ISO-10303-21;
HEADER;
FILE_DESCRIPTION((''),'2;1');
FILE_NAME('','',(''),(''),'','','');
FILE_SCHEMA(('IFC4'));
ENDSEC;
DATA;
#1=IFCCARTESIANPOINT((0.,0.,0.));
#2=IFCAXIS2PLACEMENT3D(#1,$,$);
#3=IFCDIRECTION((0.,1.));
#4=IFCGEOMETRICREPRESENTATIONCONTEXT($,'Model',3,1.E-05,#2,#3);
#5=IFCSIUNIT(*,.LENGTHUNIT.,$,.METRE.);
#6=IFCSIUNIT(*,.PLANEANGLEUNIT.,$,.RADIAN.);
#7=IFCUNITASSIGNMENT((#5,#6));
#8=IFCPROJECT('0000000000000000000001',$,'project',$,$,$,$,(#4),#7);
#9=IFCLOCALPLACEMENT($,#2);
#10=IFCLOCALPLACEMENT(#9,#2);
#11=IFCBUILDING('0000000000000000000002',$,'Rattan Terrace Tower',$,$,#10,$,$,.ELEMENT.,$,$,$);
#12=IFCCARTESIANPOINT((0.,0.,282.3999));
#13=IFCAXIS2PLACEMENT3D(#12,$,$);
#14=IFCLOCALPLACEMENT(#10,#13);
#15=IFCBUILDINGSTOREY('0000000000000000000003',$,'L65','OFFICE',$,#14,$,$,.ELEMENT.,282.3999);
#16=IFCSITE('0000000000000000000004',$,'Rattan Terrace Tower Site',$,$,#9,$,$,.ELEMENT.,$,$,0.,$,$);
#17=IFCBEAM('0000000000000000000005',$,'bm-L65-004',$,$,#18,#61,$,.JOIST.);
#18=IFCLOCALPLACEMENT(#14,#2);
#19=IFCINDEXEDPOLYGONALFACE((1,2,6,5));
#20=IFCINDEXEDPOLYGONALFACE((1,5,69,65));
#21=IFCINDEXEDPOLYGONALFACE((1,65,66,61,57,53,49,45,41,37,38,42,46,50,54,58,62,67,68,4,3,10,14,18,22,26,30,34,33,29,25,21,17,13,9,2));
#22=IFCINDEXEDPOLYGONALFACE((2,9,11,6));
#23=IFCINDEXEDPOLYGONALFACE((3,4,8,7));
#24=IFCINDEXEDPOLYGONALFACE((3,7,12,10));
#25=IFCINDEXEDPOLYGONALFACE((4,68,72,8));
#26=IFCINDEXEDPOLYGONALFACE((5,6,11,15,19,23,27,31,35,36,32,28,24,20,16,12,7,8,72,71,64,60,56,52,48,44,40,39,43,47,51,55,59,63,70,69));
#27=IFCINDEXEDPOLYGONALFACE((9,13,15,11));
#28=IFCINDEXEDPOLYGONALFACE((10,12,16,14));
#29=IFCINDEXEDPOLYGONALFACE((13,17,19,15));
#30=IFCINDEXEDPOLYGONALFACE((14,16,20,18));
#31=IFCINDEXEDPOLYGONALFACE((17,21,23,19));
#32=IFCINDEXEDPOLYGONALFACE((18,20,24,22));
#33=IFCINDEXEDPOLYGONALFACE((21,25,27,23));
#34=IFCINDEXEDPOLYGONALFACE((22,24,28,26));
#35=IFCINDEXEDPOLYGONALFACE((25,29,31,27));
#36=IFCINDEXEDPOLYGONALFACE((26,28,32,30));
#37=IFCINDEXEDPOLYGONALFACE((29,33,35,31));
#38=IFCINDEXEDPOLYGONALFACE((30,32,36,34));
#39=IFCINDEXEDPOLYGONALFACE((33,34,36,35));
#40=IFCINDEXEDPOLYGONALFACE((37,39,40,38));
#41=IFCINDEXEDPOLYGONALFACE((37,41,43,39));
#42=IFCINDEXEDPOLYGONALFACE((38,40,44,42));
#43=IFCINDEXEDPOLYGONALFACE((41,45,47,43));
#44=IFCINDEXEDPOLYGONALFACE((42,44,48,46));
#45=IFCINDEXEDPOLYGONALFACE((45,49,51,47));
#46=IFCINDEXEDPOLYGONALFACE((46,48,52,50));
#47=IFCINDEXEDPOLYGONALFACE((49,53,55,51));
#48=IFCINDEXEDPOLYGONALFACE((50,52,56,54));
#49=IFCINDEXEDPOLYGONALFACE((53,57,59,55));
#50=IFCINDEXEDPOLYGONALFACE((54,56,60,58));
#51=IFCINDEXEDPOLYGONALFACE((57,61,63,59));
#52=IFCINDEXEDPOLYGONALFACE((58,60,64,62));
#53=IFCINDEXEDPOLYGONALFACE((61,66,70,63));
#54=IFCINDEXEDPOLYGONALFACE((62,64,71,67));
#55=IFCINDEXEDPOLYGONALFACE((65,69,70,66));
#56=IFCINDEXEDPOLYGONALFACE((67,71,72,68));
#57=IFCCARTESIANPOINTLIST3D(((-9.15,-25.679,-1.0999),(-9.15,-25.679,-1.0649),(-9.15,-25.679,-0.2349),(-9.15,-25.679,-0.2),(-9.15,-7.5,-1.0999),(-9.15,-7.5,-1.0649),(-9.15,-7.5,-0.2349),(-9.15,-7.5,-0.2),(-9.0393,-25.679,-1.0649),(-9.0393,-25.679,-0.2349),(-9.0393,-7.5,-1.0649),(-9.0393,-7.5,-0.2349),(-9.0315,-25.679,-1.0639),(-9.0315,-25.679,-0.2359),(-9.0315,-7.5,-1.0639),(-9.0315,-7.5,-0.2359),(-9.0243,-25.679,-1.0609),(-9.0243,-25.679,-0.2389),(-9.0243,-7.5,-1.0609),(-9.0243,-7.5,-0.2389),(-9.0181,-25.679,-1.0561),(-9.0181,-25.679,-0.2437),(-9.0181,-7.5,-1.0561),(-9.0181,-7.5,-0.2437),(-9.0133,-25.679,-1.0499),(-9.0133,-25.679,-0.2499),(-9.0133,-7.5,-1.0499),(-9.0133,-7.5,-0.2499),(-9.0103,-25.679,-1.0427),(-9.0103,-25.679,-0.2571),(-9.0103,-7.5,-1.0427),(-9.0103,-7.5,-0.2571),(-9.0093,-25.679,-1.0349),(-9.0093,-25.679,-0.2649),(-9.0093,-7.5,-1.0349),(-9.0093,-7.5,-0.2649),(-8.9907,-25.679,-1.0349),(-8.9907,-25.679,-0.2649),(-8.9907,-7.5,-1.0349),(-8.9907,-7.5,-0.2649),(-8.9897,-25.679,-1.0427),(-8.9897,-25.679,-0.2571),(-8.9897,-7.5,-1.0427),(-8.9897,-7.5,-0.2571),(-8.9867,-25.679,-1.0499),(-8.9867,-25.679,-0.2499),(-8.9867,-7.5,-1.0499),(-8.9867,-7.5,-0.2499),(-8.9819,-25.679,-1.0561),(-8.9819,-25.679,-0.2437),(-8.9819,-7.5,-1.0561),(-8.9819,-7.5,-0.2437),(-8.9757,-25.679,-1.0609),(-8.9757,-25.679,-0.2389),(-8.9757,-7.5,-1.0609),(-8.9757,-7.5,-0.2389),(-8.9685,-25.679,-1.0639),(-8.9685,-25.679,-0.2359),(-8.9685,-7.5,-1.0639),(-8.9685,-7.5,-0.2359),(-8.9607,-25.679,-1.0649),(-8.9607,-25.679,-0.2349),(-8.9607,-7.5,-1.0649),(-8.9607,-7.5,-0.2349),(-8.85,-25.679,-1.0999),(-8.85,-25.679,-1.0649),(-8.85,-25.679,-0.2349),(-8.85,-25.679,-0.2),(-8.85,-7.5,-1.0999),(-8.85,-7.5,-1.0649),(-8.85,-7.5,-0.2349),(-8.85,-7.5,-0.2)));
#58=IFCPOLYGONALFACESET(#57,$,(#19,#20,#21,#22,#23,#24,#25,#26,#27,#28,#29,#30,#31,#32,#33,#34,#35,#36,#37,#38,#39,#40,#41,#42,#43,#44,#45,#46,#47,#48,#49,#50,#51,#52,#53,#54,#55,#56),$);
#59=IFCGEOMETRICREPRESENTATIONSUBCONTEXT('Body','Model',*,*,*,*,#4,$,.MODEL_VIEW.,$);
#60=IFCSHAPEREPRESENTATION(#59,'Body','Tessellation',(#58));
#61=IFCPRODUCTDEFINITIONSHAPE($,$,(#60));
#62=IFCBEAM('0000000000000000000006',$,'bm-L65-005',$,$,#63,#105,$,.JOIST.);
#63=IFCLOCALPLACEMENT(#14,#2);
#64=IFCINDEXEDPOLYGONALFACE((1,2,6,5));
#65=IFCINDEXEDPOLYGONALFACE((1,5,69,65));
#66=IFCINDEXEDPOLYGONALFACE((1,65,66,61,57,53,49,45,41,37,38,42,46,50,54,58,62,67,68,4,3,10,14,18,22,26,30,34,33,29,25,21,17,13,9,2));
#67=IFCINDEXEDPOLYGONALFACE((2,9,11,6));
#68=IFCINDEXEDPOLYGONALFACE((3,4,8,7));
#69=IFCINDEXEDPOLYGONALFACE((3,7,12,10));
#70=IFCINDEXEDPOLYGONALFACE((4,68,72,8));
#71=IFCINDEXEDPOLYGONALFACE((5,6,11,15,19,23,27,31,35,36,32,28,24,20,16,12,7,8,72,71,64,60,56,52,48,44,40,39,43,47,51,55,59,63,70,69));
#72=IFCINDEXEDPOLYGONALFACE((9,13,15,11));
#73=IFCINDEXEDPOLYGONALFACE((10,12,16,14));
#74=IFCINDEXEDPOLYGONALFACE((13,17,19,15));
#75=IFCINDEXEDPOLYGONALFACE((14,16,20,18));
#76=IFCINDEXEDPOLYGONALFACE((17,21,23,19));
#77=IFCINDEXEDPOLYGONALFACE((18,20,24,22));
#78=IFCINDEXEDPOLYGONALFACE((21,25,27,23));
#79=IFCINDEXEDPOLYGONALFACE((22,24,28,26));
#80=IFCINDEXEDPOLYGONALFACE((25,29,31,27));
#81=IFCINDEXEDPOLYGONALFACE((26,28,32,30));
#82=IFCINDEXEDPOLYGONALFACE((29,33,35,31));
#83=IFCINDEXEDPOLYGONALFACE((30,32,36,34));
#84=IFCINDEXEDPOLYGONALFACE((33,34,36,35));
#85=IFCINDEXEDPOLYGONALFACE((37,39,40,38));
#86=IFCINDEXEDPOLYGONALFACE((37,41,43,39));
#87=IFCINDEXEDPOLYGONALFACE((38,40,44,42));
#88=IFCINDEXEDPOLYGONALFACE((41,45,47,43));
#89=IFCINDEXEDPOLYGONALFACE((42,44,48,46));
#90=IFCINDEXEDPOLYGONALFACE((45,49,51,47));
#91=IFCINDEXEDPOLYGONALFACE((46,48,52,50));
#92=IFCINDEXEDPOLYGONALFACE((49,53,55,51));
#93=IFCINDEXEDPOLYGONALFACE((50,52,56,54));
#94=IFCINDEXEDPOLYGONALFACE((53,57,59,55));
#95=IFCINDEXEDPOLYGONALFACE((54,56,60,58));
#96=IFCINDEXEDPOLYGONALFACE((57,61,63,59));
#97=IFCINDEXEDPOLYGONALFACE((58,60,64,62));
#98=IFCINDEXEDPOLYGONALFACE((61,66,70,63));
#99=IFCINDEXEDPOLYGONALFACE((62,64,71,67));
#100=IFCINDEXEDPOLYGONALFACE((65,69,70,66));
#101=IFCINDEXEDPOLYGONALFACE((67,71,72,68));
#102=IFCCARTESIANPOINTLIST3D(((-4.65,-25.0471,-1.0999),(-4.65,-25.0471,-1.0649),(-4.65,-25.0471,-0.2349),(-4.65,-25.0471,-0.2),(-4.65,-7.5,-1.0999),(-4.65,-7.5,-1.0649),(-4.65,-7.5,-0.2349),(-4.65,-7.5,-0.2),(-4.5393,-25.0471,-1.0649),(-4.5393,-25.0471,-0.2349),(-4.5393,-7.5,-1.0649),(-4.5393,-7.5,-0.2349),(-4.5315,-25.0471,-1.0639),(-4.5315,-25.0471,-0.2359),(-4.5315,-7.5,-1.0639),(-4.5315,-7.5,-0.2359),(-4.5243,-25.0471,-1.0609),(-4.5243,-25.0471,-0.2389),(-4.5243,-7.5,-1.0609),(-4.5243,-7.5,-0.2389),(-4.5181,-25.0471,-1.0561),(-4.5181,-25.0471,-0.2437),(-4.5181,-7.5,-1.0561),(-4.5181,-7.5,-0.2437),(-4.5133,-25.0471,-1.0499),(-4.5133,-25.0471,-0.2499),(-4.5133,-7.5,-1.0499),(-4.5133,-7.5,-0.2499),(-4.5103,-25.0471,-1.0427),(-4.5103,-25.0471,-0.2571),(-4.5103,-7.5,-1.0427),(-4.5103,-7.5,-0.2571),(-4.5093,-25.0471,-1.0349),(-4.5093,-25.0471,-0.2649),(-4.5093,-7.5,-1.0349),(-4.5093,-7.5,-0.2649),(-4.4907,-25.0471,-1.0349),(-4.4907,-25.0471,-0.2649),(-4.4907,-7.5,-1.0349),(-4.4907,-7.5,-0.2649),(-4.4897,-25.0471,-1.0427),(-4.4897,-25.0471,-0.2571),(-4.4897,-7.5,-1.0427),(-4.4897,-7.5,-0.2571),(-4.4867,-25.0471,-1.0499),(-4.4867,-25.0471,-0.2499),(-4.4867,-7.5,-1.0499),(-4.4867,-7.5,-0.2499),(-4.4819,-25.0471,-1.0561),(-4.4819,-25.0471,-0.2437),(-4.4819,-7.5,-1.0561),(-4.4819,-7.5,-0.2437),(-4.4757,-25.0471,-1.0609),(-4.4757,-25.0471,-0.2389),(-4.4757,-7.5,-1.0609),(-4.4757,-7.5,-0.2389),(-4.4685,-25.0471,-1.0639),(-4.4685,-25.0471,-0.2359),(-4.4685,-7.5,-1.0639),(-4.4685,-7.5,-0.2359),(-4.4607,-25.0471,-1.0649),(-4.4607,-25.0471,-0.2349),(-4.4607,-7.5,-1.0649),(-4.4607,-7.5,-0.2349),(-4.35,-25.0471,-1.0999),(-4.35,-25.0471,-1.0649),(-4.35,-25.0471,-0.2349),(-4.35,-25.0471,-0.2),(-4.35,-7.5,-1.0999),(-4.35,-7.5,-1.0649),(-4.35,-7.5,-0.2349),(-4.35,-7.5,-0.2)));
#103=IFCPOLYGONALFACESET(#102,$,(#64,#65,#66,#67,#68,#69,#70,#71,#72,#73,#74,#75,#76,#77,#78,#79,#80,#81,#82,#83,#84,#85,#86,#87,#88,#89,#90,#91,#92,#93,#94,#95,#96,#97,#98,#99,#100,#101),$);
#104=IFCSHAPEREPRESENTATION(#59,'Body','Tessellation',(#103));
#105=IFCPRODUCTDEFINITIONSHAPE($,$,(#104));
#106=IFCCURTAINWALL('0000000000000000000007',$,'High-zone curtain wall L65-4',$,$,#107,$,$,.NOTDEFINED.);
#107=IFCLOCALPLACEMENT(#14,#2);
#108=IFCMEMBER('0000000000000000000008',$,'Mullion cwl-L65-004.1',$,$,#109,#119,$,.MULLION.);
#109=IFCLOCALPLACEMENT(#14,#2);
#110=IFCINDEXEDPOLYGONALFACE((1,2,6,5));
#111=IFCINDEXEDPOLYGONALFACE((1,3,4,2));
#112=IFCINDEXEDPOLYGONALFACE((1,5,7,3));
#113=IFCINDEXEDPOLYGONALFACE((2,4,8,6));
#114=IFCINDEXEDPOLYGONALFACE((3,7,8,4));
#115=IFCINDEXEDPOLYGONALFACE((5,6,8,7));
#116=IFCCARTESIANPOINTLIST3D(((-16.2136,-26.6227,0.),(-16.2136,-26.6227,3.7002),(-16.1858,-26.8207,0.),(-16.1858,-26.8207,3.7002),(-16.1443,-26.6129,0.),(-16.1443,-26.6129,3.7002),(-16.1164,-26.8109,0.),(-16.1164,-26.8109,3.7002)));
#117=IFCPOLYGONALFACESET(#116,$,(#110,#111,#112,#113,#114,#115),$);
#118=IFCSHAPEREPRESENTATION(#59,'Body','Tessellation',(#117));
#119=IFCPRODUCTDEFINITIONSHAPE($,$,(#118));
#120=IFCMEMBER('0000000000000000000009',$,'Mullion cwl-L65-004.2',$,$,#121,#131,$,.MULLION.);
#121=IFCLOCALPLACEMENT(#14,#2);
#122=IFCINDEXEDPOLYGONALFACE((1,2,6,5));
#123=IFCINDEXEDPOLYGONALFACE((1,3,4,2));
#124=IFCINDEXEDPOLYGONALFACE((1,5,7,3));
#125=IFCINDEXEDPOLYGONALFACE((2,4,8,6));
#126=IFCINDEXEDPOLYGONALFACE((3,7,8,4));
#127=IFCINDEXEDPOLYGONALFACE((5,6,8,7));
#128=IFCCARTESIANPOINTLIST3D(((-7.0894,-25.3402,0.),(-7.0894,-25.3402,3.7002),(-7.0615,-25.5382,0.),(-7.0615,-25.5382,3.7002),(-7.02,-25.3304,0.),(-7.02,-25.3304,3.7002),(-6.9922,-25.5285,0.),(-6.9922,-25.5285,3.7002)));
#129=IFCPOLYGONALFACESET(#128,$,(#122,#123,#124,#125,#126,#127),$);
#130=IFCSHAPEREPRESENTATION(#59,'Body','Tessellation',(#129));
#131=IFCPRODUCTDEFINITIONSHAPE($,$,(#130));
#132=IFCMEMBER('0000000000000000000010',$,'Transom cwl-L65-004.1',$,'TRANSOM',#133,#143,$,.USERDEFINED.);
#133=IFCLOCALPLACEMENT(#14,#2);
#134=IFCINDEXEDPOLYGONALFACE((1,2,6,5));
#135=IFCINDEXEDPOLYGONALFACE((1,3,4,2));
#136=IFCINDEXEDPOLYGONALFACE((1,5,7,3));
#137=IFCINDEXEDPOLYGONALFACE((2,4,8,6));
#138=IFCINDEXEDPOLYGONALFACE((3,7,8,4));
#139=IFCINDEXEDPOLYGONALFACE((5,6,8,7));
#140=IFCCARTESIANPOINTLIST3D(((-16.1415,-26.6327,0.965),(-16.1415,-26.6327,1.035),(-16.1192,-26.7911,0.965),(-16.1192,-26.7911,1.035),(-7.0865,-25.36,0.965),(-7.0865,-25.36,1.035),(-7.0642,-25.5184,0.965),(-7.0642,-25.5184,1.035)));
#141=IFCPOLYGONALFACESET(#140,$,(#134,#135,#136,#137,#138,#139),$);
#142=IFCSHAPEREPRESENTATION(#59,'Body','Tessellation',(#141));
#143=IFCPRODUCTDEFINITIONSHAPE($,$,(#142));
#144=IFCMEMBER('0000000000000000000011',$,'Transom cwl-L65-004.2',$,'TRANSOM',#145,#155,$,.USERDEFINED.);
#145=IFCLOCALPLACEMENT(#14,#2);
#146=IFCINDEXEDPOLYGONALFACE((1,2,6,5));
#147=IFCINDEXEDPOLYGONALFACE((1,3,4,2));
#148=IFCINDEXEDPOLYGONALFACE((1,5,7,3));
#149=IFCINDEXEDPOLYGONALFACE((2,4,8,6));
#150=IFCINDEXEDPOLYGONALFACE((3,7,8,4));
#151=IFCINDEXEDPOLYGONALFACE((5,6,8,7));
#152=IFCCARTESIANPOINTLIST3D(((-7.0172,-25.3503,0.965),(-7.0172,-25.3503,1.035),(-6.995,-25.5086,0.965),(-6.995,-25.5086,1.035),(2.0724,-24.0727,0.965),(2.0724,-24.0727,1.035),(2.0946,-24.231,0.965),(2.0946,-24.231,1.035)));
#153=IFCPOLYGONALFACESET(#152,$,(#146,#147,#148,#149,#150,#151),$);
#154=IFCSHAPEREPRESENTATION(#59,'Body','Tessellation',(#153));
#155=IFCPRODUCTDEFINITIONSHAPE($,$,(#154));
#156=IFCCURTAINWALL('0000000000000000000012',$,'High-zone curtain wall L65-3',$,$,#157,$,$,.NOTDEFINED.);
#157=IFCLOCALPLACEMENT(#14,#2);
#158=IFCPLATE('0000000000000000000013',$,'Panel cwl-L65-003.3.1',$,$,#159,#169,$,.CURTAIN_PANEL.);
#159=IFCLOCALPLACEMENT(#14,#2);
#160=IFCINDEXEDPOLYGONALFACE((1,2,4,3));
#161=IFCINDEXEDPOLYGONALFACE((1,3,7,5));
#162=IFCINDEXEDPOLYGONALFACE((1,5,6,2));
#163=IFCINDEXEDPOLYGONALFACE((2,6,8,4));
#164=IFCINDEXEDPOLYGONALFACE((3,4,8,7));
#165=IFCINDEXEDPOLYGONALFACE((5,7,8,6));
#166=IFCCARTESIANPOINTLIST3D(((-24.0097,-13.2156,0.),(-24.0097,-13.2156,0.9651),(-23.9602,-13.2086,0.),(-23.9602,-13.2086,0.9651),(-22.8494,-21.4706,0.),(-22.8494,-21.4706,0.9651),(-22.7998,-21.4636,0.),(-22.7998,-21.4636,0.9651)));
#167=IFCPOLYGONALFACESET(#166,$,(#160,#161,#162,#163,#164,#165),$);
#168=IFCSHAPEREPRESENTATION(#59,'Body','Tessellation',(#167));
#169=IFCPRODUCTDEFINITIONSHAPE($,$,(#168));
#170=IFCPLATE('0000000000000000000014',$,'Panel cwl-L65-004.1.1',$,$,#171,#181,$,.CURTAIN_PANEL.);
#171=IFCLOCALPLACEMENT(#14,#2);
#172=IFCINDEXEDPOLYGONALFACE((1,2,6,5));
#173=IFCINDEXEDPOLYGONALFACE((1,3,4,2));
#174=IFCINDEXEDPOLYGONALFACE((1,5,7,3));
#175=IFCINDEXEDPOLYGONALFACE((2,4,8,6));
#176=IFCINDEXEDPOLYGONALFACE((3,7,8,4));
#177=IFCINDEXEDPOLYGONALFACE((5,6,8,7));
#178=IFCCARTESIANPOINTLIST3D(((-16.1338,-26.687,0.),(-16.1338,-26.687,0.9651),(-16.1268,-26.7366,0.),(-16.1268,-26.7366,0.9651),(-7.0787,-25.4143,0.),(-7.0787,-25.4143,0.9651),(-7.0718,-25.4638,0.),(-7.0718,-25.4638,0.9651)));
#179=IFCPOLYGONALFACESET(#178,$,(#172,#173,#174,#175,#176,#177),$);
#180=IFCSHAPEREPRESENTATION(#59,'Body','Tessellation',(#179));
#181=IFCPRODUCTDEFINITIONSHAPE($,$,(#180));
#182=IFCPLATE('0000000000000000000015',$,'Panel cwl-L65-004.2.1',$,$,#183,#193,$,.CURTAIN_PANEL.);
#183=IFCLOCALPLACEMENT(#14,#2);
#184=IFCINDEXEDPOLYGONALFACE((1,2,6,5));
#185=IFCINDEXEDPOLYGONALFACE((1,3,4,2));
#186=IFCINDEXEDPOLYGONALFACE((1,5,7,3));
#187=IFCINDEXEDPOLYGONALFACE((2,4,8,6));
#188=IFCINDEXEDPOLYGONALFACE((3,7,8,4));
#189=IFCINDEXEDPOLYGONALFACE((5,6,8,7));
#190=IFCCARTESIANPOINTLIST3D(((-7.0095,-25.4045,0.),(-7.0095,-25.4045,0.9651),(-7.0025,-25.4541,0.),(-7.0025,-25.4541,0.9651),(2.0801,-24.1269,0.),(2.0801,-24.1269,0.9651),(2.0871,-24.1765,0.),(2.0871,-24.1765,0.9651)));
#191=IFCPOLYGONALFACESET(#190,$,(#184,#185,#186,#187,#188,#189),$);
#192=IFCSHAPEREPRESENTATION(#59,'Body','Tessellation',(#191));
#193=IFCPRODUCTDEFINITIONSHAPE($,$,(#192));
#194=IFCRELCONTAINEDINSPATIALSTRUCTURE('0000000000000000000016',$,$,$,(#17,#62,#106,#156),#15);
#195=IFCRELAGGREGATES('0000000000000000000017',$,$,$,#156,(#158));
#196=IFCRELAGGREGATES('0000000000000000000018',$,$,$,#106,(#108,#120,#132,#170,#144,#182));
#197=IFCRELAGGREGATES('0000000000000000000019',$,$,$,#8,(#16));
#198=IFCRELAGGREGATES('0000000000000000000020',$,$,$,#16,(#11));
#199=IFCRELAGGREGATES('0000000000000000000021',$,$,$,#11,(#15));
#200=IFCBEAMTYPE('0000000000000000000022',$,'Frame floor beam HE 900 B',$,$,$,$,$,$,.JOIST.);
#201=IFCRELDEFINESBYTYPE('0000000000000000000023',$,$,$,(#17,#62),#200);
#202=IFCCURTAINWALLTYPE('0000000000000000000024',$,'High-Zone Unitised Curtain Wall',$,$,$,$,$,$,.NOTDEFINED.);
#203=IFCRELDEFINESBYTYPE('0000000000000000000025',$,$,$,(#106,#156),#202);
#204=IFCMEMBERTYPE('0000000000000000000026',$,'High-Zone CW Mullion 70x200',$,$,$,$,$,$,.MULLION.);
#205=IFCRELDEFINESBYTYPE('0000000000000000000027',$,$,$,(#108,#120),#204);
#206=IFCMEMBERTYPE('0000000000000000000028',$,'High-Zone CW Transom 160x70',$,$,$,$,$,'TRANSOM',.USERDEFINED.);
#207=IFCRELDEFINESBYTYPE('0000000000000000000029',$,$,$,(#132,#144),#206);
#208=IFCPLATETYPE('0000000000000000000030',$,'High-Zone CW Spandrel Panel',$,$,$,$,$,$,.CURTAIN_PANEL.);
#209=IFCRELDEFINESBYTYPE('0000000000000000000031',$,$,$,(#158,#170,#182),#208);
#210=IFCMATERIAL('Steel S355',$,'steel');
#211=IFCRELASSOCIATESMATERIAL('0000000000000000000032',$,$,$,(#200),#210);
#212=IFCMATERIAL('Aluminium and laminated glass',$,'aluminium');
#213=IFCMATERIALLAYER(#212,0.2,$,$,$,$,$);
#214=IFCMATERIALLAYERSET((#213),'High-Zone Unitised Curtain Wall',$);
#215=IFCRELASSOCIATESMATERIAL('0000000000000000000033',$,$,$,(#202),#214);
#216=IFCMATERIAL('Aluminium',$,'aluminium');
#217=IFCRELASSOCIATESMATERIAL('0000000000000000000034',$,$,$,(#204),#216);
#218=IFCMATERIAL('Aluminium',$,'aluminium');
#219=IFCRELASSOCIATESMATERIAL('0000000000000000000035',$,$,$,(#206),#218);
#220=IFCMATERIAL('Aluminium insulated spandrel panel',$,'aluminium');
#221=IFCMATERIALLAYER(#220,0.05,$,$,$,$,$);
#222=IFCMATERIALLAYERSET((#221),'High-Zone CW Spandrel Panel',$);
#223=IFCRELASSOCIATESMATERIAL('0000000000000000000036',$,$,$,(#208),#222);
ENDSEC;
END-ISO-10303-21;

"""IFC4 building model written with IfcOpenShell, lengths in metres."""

from ifc_helpers import new_model, si_unit, direction, frame, origin, origin_2d, place, context, subcontext, project, spatial, rectangle, i_section, extrude, material, layer, layer_set, material_profile, profile_set, type_object, element, aggregate, save


model = new_model("IFC4")

# Units and contexts
model_context = context("Model", 3, precision=1e-05, world=origin(), true_north=direction((0.0, 1.0)))
body_context = subcontext(model_context, "Body", "Model", "MODEL_VIEW")
ifc_project = project(units=[si_unit("LENGTHUNIT", "METRE"), si_unit("PLANEANGLEUNIT", "RADIAN")], contexts=[model_context])

# Site, building, storey
site_placement = place(None, origin())
site = spatial("IfcSite", under=ifc_project, at=site_placement, Name="Rattan Terrace Tower Site", CompositionType="ELEMENT", RefElevation=0.0)
building_placement = place(site_placement, origin())
building = spatial("IfcBuilding", under=site, at=building_placement, Name="Rattan Terrace Tower", CompositionType="ELEMENT")
storey_placement = place(building_placement, frame((0.0, 0.0, 282.3999)))
storey = spatial("IfcBuildingStorey", under=building, at=storey_placement, Name="L65", Description="OFFICE", CompositionType="ELEMENT", Elevation=282.3999)

# Beams
ifc_material_1 = material(Name="Steel S355", Category="steel")
ifc_material_profile_1 = material_profile(ifc_material_1, i_section(OverallWidth=0.3, OverallDepth=0.8999, WebThickness=0.0186, FlangeThickness=0.0349, FilletRadius=0.03, at=origin_2d()), Name="HE 900 B")
ifc_profile_set_1 = profile_set([ifc_material_profile_1], Name="Steel S355")
beam_type_1 = type_object("IfcBeamType", Name="Frame floor beam HE 900 B", PredefinedType="JOIST", material=ifc_profile_set_1)
beam_1_placement = place(storey_placement, frame((-9.0, -25.679, -0.6499), z_axis=(0.0, 1.0, 0.0), x_axis=(-1.0, 0.0, 0.0)))
element("IfcBeam", 1, at=beam_1_placement, inside=storey, type_object=beam_type_1, Name="bm-L65-004", PredefinedType="JOIST", context=body_context, shape_type="SweptSolid", body=[
    extrude(i_section(OverallWidth=0.3, OverallDepth=0.8999, WebThickness=0.0186, FlangeThickness=0.0349, FilletRadius=0.03, at=origin_2d()), origin(), (0.0, 0.0, 1.0), 18.179),
])
beam_2_placement = place(storey_placement, frame((-4.5, -25.0471, -0.6499), z_axis=(0.0, 1.0, 0.0), x_axis=(-1.0, 0.0, 0.0)))
element("IfcBeam", 2, at=beam_2_placement, inside=storey, type_object=beam_type_1, Name="bm-L65-005", PredefinedType="JOIST", context=body_context, shape_type="SweptSolid", body=[
    extrude(i_section(OverallWidth=0.3, OverallDepth=0.8999, WebThickness=0.0186, FlangeThickness=0.0349, FilletRadius=0.03, at=origin_2d()), origin(), (0.0, 0.0, 1.0), 17.5471),
])

# Curtain wall, members
ifc_material_2 = material(Name="Aluminium and laminated glass", Category="aluminium")
ifc_layer_1 = layer(ifc_material_2, 0.2)
ifc_layer_set_1 = layer_set([ifc_layer_1], Name="High-Zone Unitised Curtain Wall")
curtain_wall_type = type_object("IfcCurtainWallType", Name="High-Zone Unitised Curtain Wall", PredefinedType="NOTDEFINED", material=ifc_layer_set_1)
curtain_wall_1_placement = place(storey_placement, origin())
curtain_wall_1 = element("IfcCurtainWall", 3, at=curtain_wall_1_placement, inside=storey, type_object=curtain_wall_type, Name="High-zone curtain wall L65-4", PredefinedType="NOTDEFINED")
ifc_material_3 = material(Name="Aluminium", Category="aluminium")
ifc_material_profile_2 = material_profile(ifc_material_3, rectangle(XDim=0.0701, YDim=0.2, at=origin_2d()), Name="Aluminium 70x200")
ifc_profile_set_2 = profile_set([ifc_material_profile_2], Name="Aluminium")
member_type_1 = type_object("IfcMemberType", Name="High-Zone CW Mullion 70x200", PredefinedType="MULLION", material=ifc_profile_set_2)
member_1_placement = place(storey_placement, frame((-16.165, -26.7168, 0.0), z_axis=(0.0, 0.0, 1.0), x_axis=(0.990266, 0.139189, 0.0)))
member_1 = element("IfcMember", 4, at=member_1_placement, type_object=member_type_1, Name="Mullion cwl-L65-004.1", PredefinedType="MULLION", context=body_context, shape_type="SweptSolid", body=[
    extrude(rectangle(XDim=0.0701, YDim=0.2, at=origin_2d()), origin(), (0.0, 0.0, 1.0), 3.7002),
])
member_2_placement = place(storey_placement, frame((-7.0408, -25.4343, 0.0), z_axis=(0.0, 0.0, 1.0), x_axis=(0.990266, 0.139189, 0.0)))
member_2 = element("IfcMember", 5, at=member_2_placement, type_object=member_type_1, Name="Mullion cwl-L65-004.2", PredefinedType="MULLION", context=body_context, shape_type="SweptSolid", body=[
    extrude(rectangle(XDim=0.0701, YDim=0.2, at=origin_2d()), origin(), (0.0, 0.0, 1.0), 3.7002),
])
ifc_material_4 = material(Name="Aluminium", Category="aluminium")
ifc_material_profile_3 = material_profile(ifc_material_4, rectangle(XDim=0.1599, YDim=0.0701, at=origin_2d()), Name="Aluminium 160x70")
ifc_profile_set_3 = profile_set([ifc_material_profile_3], Name="Aluminium")
member_type_2 = type_object("IfcMemberType", Name="High-Zone CW Transom 160x70", ElementType="TRANSOM", PredefinedType="USERDEFINED", material=ifc_profile_set_3)
member_3_placement = place(storey_placement, frame((-16.1304, -26.7119, 1.0), z_axis=(0.990266, 0.139186, 0.0), x_axis=(-0.139186, 0.990266, 0.0)))
member_3 = element("IfcMember", 6, at=member_3_placement, type_object=member_type_2, Name="Transom cwl-L65-004.1", ObjectType="TRANSOM", PredefinedType="USERDEFINED", context=body_context, shape_type="SweptSolid", body=[
    extrude(rectangle(XDim=0.1599, YDim=0.0701, at=origin_2d()), origin(), (0.0, 0.0, 1.0), 9.144),
])
member_4_placement = place(storey_placement, frame((-7.0061, -25.4294, 1.0), z_axis=(0.990266, 0.139187, 0.0), x_axis=(-0.139187, 0.990266, 0.0)))
member_4 = element("IfcMember", 7, at=member_4_placement, type_object=member_type_2, Name="Transom cwl-L65-004.2", ObjectType="TRANSOM", PredefinedType="USERDEFINED", context=body_context, shape_type="SweptSolid", body=[
    extrude(rectangle(XDim=0.1599, YDim=0.0701, at=origin_2d()), origin(), (0.0, 0.0, 1.0), 9.179),
])

# Curtain wall, plate
curtain_wall_2_placement = place(storey_placement, origin())
curtain_wall_2 = element("IfcCurtainWall", 8, at=curtain_wall_2_placement, inside=storey, type_object=curtain_wall_type, Name="High-zone curtain wall L65-3", PredefinedType="NOTDEFINED")
ifc_material_5 = material(Name="Aluminium insulated spandrel panel", Category="aluminium")
ifc_layer_2 = layer(ifc_material_5, 0.05)
ifc_layer_set_2 = layer_set([ifc_layer_2], Name="High-Zone CW Spandrel Panel")
plate_type_1 = type_object("IfcPlateType", Name="High-Zone CW Spandrel Panel", PredefinedType="CURTAIN_PANEL", material=ifc_layer_set_2)
plate_1_placement = place(storey_placement, frame((-23.4048, -17.3396, 0.0), z_axis=(0.0, 0.0, 1.0), x_axis=(0.139192, -0.990265, 0.0)))
plate_1 = element("IfcPlate", 9, at=plate_1_placement, type_object=plate_type_1, Name="Panel cwl-L65-003.3.1", PredefinedType="CURTAIN_PANEL", context=body_context, shape_type="SweptSolid", body=[
    extrude(rectangle(XDim=8.3362, YDim=0.05, at=origin_2d()), origin(), (0.0, 0.0, 1.0), 0.9651),
])
aggregate(curtain_wall_2, [plate_1])

# Plates
plate_2_placement = place(storey_placement, frame((-11.6028, -26.0754, 0.0), z_axis=(0.0, 0.0, 1.0), x_axis=(0.990266, 0.139189, 0.0)))
plate_2 = element("IfcPlate", 10, at=plate_2_placement, type_object=plate_type_1, Name="Panel cwl-L65-004.1.1", PredefinedType="CURTAIN_PANEL", context=body_context, shape_type="SweptSolid", body=[
    extrude(rectangle(XDim=9.144, YDim=0.05, at=origin_2d()), origin(), (0.0, 0.0, 1.0), 0.9651),
])
plate_3_placement = place(storey_placement, frame((-2.4612, -24.7905, 0.0), z_axis=(0.0, 0.0, 1.0), x_axis=(0.990266, 0.139189, 0.0)))
plate_3 = element("IfcPlate", 11, at=plate_3_placement, type_object=plate_type_1, Name="Panel cwl-L65-004.2.1", PredefinedType="CURTAIN_PANEL", context=body_context, shape_type="SweptSolid", body=[
    extrude(rectangle(XDim=9.179, YDim=0.05, at=origin_2d()), origin(), (0.0, 0.0, 1.0), 0.9651),
])
aggregate(curtain_wall_1, [member_1, member_2, member_3, plate_2, member_4, plate_3])

save(model, "model.ifc")
